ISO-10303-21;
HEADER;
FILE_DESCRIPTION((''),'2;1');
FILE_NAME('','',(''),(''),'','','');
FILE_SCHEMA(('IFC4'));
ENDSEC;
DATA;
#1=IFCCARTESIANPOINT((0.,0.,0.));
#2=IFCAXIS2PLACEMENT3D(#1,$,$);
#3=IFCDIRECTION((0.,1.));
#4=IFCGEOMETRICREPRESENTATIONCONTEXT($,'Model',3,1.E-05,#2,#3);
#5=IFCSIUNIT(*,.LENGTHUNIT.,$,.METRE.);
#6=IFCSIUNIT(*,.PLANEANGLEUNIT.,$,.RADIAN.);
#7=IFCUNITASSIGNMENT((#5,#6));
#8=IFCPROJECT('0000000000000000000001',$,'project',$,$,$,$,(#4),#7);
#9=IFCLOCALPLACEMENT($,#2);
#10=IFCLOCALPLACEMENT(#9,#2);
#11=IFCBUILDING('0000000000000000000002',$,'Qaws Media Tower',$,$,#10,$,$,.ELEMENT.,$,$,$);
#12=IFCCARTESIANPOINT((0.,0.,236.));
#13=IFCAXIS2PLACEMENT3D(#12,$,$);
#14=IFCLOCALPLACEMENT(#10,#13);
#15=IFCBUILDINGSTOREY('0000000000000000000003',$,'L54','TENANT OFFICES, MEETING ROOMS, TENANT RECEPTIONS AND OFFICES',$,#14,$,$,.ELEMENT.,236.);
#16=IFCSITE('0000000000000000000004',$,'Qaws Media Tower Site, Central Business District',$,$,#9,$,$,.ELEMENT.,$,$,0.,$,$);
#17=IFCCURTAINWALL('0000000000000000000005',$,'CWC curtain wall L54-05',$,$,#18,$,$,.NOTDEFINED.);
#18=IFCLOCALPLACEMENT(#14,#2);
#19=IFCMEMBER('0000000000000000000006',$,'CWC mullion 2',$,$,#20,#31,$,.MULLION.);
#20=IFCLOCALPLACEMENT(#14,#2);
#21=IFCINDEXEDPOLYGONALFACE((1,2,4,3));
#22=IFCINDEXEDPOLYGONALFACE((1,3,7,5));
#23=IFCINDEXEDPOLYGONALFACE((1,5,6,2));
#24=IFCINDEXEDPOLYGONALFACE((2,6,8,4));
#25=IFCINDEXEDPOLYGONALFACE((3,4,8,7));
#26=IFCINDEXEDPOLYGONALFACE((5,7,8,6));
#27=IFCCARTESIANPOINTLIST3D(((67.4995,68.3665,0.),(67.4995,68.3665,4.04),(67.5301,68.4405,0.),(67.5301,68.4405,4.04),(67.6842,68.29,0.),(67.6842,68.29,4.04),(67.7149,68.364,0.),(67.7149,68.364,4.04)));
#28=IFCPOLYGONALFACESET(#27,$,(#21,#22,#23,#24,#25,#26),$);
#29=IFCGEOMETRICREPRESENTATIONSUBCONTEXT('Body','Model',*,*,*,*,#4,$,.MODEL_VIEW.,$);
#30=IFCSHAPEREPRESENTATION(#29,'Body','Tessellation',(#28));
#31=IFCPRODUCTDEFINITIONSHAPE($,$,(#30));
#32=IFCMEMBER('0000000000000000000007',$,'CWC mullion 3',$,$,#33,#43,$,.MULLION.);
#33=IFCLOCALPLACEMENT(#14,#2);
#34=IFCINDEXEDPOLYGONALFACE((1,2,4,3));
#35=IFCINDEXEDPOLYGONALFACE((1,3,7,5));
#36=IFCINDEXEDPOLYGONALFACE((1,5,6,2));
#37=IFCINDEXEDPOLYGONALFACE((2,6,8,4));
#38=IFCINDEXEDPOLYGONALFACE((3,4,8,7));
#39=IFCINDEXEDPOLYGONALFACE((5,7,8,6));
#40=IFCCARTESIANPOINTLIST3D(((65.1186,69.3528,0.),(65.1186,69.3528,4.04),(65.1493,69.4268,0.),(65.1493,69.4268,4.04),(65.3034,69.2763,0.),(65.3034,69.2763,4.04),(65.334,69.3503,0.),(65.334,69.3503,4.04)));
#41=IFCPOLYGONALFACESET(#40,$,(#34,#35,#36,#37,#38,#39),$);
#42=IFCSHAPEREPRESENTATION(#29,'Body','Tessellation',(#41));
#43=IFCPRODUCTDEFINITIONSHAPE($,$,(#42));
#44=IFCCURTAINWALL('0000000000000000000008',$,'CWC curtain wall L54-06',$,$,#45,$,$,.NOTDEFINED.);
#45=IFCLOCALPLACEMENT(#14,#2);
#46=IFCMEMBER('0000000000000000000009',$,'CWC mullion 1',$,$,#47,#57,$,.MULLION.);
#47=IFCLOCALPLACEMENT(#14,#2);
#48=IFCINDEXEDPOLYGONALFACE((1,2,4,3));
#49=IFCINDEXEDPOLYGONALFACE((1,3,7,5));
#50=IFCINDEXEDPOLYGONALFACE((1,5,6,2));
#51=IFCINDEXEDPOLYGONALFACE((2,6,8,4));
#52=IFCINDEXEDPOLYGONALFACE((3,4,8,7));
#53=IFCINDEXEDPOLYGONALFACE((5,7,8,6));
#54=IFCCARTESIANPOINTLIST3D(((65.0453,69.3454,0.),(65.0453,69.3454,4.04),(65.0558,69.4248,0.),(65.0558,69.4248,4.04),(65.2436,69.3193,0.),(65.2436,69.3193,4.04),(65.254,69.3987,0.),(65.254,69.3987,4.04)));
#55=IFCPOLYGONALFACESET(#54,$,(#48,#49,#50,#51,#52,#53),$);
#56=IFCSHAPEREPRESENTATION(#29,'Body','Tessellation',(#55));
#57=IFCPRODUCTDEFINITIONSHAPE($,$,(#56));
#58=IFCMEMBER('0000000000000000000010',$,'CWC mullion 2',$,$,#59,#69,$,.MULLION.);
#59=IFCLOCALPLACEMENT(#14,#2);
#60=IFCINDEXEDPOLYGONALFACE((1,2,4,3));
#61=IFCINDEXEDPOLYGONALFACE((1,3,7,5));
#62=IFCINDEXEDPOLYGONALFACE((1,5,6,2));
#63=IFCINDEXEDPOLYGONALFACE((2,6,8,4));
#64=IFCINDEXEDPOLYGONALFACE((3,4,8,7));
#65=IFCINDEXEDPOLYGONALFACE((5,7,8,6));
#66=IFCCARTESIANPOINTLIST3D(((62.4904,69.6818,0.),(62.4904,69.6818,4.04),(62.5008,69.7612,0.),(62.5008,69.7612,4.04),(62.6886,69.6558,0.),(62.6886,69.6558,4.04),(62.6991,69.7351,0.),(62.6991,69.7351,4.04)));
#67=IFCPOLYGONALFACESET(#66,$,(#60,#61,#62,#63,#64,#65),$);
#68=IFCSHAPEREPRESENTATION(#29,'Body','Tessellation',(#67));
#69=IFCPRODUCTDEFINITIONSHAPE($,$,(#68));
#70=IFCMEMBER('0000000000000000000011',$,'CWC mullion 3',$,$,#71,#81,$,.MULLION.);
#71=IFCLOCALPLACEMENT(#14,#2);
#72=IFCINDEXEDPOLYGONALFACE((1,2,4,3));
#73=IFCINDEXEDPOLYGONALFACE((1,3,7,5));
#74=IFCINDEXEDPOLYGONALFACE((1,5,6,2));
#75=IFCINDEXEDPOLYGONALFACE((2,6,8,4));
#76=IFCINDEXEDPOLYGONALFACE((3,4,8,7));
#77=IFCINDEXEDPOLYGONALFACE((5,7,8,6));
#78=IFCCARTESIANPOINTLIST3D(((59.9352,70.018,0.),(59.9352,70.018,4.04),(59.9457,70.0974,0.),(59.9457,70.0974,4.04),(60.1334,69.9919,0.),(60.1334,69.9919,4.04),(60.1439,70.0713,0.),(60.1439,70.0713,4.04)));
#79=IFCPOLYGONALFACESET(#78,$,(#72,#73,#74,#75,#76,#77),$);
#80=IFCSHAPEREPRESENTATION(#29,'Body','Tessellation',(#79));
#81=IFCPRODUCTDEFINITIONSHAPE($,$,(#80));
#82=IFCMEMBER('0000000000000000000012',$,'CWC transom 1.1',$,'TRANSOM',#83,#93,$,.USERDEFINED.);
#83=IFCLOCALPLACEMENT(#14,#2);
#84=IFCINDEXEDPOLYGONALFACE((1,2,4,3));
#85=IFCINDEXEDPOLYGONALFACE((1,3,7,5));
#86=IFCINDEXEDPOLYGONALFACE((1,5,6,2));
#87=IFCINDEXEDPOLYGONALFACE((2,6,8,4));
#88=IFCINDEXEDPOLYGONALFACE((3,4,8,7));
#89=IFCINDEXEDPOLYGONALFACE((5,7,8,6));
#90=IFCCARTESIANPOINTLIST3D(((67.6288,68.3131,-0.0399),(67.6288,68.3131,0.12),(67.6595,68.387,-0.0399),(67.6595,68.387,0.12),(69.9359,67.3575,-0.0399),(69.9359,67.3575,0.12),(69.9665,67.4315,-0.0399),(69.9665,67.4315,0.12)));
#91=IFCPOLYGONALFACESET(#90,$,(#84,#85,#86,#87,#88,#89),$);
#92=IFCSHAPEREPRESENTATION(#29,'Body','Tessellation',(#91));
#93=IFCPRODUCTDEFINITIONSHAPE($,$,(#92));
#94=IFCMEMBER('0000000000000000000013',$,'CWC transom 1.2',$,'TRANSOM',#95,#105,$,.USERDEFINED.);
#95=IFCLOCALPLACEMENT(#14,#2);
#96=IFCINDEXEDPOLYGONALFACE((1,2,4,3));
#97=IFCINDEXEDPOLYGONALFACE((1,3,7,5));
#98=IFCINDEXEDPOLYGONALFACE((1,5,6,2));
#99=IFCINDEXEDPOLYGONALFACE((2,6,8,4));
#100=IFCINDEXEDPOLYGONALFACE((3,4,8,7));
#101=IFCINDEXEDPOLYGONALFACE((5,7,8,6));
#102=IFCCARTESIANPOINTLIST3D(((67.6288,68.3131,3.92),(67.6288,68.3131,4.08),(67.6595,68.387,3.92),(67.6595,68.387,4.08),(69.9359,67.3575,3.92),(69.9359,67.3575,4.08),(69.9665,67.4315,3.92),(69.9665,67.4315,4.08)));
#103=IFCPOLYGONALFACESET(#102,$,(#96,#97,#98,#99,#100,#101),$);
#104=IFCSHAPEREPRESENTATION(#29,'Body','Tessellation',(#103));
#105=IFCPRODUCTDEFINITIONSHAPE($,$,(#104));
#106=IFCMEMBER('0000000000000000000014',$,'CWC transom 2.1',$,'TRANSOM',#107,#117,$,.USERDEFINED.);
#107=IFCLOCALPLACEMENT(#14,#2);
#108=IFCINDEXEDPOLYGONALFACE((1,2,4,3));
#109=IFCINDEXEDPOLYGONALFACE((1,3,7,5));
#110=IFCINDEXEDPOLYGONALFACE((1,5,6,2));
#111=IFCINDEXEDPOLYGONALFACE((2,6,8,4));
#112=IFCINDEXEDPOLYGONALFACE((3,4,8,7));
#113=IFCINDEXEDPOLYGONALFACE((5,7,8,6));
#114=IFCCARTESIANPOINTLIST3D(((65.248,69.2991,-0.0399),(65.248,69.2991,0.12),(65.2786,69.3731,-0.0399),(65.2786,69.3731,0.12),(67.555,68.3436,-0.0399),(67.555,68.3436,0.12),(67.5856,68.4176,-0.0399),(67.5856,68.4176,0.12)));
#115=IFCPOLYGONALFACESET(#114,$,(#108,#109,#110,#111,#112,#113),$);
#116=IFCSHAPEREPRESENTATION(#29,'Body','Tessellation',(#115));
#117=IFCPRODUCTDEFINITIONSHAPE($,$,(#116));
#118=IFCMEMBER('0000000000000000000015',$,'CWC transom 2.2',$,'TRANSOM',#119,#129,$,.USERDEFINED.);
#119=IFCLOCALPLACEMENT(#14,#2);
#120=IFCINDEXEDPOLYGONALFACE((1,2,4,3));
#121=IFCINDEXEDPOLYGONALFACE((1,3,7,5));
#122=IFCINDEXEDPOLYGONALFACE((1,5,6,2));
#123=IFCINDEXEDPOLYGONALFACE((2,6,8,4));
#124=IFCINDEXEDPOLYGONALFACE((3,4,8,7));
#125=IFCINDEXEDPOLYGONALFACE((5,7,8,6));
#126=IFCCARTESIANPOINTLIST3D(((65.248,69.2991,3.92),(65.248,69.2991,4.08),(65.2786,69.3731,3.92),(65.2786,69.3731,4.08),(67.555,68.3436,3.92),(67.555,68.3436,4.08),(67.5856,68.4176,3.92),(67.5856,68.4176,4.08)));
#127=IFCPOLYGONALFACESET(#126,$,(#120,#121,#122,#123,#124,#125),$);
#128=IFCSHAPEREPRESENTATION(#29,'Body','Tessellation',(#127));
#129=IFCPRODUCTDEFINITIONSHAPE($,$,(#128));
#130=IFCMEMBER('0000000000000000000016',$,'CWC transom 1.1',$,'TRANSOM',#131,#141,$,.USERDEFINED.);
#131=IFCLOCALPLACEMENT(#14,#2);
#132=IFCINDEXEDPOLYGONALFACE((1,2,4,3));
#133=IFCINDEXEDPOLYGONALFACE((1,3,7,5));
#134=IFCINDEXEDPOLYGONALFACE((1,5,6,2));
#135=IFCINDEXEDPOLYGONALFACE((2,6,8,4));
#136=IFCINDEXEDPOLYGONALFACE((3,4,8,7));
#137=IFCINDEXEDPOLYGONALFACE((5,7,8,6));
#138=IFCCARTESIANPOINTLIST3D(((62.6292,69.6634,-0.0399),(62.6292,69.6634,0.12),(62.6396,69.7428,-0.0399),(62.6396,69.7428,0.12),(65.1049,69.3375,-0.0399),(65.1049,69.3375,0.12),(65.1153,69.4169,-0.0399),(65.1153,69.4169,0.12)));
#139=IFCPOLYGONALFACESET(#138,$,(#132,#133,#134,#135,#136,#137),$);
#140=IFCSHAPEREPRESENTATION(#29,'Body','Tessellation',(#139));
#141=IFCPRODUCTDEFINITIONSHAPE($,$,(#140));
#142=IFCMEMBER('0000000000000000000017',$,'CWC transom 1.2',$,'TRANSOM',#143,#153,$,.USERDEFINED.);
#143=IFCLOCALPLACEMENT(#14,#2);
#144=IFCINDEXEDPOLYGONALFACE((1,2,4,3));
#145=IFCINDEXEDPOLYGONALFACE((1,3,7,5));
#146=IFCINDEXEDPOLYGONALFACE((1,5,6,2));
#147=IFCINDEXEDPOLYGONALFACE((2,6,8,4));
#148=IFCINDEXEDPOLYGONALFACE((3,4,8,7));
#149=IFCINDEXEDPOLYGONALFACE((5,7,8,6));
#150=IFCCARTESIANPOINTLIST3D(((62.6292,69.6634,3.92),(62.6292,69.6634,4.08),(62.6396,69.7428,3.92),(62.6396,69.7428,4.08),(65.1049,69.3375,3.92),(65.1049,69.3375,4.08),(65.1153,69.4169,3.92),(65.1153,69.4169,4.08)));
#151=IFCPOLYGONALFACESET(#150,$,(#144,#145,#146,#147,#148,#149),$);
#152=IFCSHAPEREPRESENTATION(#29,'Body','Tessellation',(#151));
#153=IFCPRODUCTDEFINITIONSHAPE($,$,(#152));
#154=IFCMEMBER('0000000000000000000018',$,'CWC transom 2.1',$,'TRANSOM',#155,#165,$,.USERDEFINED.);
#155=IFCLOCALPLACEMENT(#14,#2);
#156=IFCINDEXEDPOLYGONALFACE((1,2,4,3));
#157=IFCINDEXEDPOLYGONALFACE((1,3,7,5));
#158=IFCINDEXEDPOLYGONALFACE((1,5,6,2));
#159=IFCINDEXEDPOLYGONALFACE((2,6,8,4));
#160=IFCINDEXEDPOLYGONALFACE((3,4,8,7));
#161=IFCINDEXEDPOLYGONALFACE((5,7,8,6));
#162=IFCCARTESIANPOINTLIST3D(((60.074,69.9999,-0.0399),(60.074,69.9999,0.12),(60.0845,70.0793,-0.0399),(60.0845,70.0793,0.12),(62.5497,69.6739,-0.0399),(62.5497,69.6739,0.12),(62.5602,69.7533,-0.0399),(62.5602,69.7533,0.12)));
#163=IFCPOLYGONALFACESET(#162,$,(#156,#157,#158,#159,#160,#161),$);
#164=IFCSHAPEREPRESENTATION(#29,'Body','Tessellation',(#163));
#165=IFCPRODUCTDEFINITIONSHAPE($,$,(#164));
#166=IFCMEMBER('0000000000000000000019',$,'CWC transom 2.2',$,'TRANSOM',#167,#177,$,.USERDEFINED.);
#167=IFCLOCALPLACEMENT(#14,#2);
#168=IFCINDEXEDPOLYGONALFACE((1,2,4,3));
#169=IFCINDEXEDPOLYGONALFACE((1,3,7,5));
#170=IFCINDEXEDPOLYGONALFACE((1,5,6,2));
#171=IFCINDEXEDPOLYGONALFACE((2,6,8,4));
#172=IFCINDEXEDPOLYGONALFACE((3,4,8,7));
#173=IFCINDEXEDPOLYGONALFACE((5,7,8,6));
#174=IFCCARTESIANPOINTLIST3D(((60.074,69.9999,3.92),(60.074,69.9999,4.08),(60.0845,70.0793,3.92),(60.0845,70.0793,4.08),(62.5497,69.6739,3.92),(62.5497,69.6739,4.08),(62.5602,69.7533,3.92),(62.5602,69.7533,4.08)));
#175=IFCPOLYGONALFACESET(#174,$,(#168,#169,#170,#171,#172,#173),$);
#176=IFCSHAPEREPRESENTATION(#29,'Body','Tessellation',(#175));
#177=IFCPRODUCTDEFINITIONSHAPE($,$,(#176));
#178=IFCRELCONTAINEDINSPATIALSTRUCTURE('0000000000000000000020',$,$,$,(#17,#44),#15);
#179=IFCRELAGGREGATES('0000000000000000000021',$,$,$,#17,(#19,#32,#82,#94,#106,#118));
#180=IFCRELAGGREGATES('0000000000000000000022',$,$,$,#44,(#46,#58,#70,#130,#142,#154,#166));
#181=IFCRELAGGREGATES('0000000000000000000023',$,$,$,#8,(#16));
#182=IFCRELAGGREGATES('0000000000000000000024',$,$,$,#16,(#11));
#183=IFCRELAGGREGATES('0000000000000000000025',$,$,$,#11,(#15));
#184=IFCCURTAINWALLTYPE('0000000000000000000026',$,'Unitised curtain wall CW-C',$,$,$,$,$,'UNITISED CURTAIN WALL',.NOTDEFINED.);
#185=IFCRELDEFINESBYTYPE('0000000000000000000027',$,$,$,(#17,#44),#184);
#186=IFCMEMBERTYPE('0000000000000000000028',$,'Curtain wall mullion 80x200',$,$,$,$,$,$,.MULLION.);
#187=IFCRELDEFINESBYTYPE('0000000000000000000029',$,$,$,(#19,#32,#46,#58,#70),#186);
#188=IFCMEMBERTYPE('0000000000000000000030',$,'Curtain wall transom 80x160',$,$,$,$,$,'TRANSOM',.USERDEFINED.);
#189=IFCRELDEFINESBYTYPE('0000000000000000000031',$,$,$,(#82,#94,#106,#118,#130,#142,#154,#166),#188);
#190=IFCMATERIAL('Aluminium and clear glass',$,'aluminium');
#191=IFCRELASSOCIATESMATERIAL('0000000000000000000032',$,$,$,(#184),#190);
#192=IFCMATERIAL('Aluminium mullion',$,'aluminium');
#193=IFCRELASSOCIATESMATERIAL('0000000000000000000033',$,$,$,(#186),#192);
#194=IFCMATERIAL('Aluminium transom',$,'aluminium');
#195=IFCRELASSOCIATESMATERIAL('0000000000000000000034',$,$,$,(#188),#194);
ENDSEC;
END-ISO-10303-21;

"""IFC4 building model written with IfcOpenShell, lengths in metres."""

from ifc_helpers import new_model, si_unit, direction, frame, origin, origin_2d, place, context, subcontext, project, spatial, rectangle, extrude, material, material_profile, profile_set, type_object, element, aggregate, save


model = new_model("IFC4")

# Units and contexts
model_context = context("Model", 3, precision=1e-05, world=origin(), true_north=direction((0.0, 1.0)))
body_context = subcontext(model_context, "Body", "Model", "MODEL_VIEW")
ifc_project = project(units=[si_unit("LENGTHUNIT", "METRE"), si_unit("PLANEANGLEUNIT", "RADIAN")], contexts=[model_context])

# Site, building, storey
site_placement = place(None, origin())
site = spatial("IfcSite", under=ifc_project, at=site_placement, Name="Qaws Media Tower Site, Central Business District", CompositionType="ELEMENT", RefElevation=0.0)
building_placement = place(site_placement, origin())
building = spatial("IfcBuilding", under=site, at=building_placement, Name="Qaws Media Tower", CompositionType="ELEMENT")
storey_placement = place(building_placement, frame((0.0, 0.0, 236.0)))
storey = spatial("IfcBuildingStorey", under=building, at=storey_placement, Name="L54", Description="TENANT OFFICES, MEETING ROOMS, TENANT RECEPTIONS AND OFFICES", CompositionType="ELEMENT", Elevation=236.0)

# Curtain walls, members
ifc_material_1 = material(Name="Aluminium and clear glass", Category="aluminium")
curtain_wall_type = type_object("IfcCurtainWallType", Name="Unitised curtain wall CW-C", ElementType="UNITISED CURTAIN WALL", PredefinedType="NOTDEFINED", material=ifc_material_1)
curtain_wall_1_placement = place(storey_placement, origin())
curtain_wall_1 = element("IfcCurtainWall", 1, at=curtain_wall_1_placement, inside=storey, type_object=curtain_wall_type, Name="CWC curtain wall L54-05", PredefinedType="NOTDEFINED")
ifc_material_2 = material(Name="Aluminium mullion", Category="aluminium")
ifc_material_profile_1 = material_profile(ifc_material_2, rectangle(XDim=0.0801, YDim=0.2, at=origin_2d()), Name="80x200")
ifc_profile_set_1 = profile_set([ifc_material_profile_1], Name="Aluminium mullion")
member_type_1 = type_object("IfcMemberType", Name="Curtain wall mullion 80x200", PredefinedType="MULLION", material=ifc_profile_set_1)
member_1_placement = place(storey_placement, frame((67.6072, 68.3652, 0.0), z_axis=(0.0, 0.0, 1.0), x_axis=(-0.382684, -0.923879, 0.0)))
member_1 = element("IfcMember", 2, at=member_1_placement, type_object=member_type_1, Name="CWC mullion 2", PredefinedType="MULLION", context=body_context, shape_type="SweptSolid", body=[
    extrude(rectangle(XDim=0.0801, YDim=0.2, at=origin_2d()), origin(), (0.0, 0.0, 1.0), 4.04),
])
member_2_placement = place(storey_placement, frame((65.2263, 69.3516, 0.0), z_axis=(0.0, 0.0, 1.0), x_axis=(-0.382684, -0.923879, 0.0)))
member_2 = element("IfcMember", 3, at=member_2_placement, type_object=member_type_1, Name="CWC mullion 3", PredefinedType="MULLION", context=body_context, shape_type="SweptSolid", body=[
    extrude(rectangle(XDim=0.0801, YDim=0.2, at=origin_2d()), origin(), (0.0, 0.0, 1.0), 4.04),
])
curtain_wall_2_placement = place(storey_placement, origin())
curtain_wall_2 = element("IfcCurtainWall", 4, at=curtain_wall_2_placement, inside=storey, type_object=curtain_wall_type, Name="CWC curtain wall L54-06", PredefinedType="NOTDEFINED")
member_3_placement = place(storey_placement, frame((65.1497, 69.3721, 0.0), z_axis=(0.0, 0.0, 1.0), x_axis=(-0.130526, -0.991445, 0.0)))
member_3 = element("IfcMember", 5, at=member_3_placement, type_object=member_type_1, Name="CWC mullion 1", PredefinedType="MULLION", context=body_context, shape_type="SweptSolid", body=[
    extrude(rectangle(XDim=0.0801, YDim=0.2, at=origin_2d()), origin(), (0.0, 0.0, 1.0), 4.04),
])
member_4_placement = place(storey_placement, frame((62.5947, 69.7085, 0.0), z_axis=(0.0, 0.0, 1.0), x_axis=(-0.130526, -0.991445, 0.0)))
member_4 = element("IfcMember", 6, at=member_4_placement, type_object=member_type_1, Name="CWC mullion 2", PredefinedType="MULLION", context=body_context, shape_type="SweptSolid", body=[
    extrude(rectangle(XDim=0.0801, YDim=0.2, at=origin_2d()), origin(), (0.0, 0.0, 1.0), 4.04),
])
member_5_placement = place(storey_placement, frame((60.0396, 70.0447, 0.0), z_axis=(0.0, 0.0, 1.0), x_axis=(-0.130526, -0.991445, 0.0)))
member_5 = element("IfcMember", 7, at=member_5_placement, type_object=member_type_1, Name="CWC mullion 3", PredefinedType="MULLION", context=body_context, shape_type="SweptSolid", body=[
    extrude(rectangle(XDim=0.0801, YDim=0.2, at=origin_2d()), origin(), (0.0, 0.0, 1.0), 4.04),
])

# Members
ifc_material_3 = material(Name="Aluminium transom", Category="aluminium")
ifc_material_profile_2 = material_profile(ifc_material_3, rectangle(XDim=0.0801, YDim=0.1599, at=origin_2d()), Name="80x160")
ifc_profile_set_2 = profile_set([ifc_material_profile_2], Name="Aluminium transom")
member_type_2 = type_object("IfcMemberType", Name="Curtain wall transom 80x160", ElementType="TRANSOM", PredefinedType="USERDEFINED", material=ifc_profile_set_2)
member_6_placement = place(storey_placement, frame((69.9512, 67.3945, 0.04), z_axis=(-0.923891, 0.382657, 0.0), x_axis=(-0.382657, -0.923891, 0.0)))
member_6 = element("IfcMember", 8, at=member_6_placement, type_object=member_type_2, Name="CWC transom 1.1", ObjectType="TRANSOM", PredefinedType="USERDEFINED", context=body_context, shape_type="SweptSolid", body=[
    extrude(rectangle(XDim=0.0801, YDim=0.1599, at=origin_2d()), origin(), (0.0, 0.0, 1.0), 2.4971),
])
member_7_placement = place(storey_placement, frame((69.9512, 67.3945, 4.0), z_axis=(-0.923891, 0.382657, 0.0), x_axis=(-0.382657, -0.923891, 0.0)))
member_7 = element("IfcMember", 9, at=member_7_placement, type_object=member_type_2, Name="CWC transom 1.2", ObjectType="TRANSOM", PredefinedType="USERDEFINED", context=body_context, shape_type="SweptSolid", body=[
    extrude(rectangle(XDim=0.0801, YDim=0.1599, at=origin_2d()), origin(), (0.0, 0.0, 1.0), 2.4971),
])
member_8_placement = place(storey_placement, frame((67.5703, 68.3806, 0.04), z_axis=(-0.923891, 0.382657, 0.0), x_axis=(-0.382657, -0.923891, 0.0)))
member_8 = element("IfcMember", 10, at=member_8_placement, type_object=member_type_2, Name="CWC transom 2.1", ObjectType="TRANSOM", PredefinedType="USERDEFINED", context=body_context, shape_type="SweptSolid", body=[
    extrude(rectangle(XDim=0.0801, YDim=0.1599, at=origin_2d()), origin(), (0.0, 0.0, 1.0), 2.4971),
])
member_9_placement = place(storey_placement, frame((67.5703, 68.3806, 4.0), z_axis=(-0.923891, 0.382657, 0.0), x_axis=(-0.382657, -0.923891, 0.0)))
member_9 = element("IfcMember", 11, at=member_9_placement, type_object=member_type_2, Name="CWC transom 2.2", ObjectType="TRANSOM", PredefinedType="USERDEFINED", context=body_context, shape_type="SweptSolid", body=[
    extrude(rectangle(XDim=0.0801, YDim=0.1599, at=origin_2d()), origin(), (0.0, 0.0, 1.0), 2.4971),
])
member_10_placement = place(storey_placement, frame((65.1101, 69.3772, 0.04), z_axis=(-0.991446, 0.130518, 0.0), x_axis=(-0.130518, -0.991446, 0.0)))
member_10 = element("IfcMember", 12, at=member_10_placement, type_object=member_type_2, Name="CWC transom 1.1", ObjectType="TRANSOM", PredefinedType="USERDEFINED", context=body_context, shape_type="SweptSolid", body=[
    extrude(rectangle(XDim=0.0801, YDim=0.1599, at=origin_2d()), origin(), (0.0, 0.0, 1.0), 2.4971),
])
member_11_placement = place(storey_placement, frame((65.1101, 69.3772, 4.0), z_axis=(-0.991446, 0.130518, 0.0), x_axis=(-0.130518, -0.991446, 0.0)))
member_11 = element("IfcMember", 13, at=member_11_placement, type_object=member_type_2, Name="CWC transom 1.2", ObjectType="TRANSOM", PredefinedType="USERDEFINED", context=body_context, shape_type="SweptSolid", body=[
    extrude(rectangle(XDim=0.0801, YDim=0.1599, at=origin_2d()), origin(), (0.0, 0.0, 1.0), 2.4971),
])
member_12_placement = place(storey_placement, frame((62.5549, 69.7136, 0.04), z_axis=(-0.991444, 0.13053, 0.0), x_axis=(-0.13053, -0.991444, 0.0)))
member_12 = element("IfcMember", 14, at=member_12_placement, type_object=member_type_2, Name="CWC transom 2.1", ObjectType="TRANSOM", PredefinedType="USERDEFINED", context=body_context, shape_type="SweptSolid", body=[
    extrude(rectangle(XDim=0.0801, YDim=0.1599, at=origin_2d()), origin(), (0.0, 0.0, 1.0), 2.4971),
])
member_13_placement = place(storey_placement, frame((62.5549, 69.7136, 4.0), z_axis=(-0.991444, 0.13053, 0.0), x_axis=(-0.13053, -0.991444, 0.0)))
member_13 = element("IfcMember", 15, at=member_13_placement, type_object=member_type_2, Name="CWC transom 2.2", ObjectType="TRANSOM", PredefinedType="USERDEFINED", context=body_context, shape_type="SweptSolid", body=[
    extrude(rectangle(XDim=0.0801, YDim=0.1599, at=origin_2d()), origin(), (0.0, 0.0, 1.0), 2.4971),
])

aggregate(curtain_wall_1, [member_1, member_2, member_6, member_7, member_8, member_9])
aggregate(curtain_wall_2, [member_3, member_4, member_5, member_10, member_11, member_12, member_13])

save(model, "model.ifc")
